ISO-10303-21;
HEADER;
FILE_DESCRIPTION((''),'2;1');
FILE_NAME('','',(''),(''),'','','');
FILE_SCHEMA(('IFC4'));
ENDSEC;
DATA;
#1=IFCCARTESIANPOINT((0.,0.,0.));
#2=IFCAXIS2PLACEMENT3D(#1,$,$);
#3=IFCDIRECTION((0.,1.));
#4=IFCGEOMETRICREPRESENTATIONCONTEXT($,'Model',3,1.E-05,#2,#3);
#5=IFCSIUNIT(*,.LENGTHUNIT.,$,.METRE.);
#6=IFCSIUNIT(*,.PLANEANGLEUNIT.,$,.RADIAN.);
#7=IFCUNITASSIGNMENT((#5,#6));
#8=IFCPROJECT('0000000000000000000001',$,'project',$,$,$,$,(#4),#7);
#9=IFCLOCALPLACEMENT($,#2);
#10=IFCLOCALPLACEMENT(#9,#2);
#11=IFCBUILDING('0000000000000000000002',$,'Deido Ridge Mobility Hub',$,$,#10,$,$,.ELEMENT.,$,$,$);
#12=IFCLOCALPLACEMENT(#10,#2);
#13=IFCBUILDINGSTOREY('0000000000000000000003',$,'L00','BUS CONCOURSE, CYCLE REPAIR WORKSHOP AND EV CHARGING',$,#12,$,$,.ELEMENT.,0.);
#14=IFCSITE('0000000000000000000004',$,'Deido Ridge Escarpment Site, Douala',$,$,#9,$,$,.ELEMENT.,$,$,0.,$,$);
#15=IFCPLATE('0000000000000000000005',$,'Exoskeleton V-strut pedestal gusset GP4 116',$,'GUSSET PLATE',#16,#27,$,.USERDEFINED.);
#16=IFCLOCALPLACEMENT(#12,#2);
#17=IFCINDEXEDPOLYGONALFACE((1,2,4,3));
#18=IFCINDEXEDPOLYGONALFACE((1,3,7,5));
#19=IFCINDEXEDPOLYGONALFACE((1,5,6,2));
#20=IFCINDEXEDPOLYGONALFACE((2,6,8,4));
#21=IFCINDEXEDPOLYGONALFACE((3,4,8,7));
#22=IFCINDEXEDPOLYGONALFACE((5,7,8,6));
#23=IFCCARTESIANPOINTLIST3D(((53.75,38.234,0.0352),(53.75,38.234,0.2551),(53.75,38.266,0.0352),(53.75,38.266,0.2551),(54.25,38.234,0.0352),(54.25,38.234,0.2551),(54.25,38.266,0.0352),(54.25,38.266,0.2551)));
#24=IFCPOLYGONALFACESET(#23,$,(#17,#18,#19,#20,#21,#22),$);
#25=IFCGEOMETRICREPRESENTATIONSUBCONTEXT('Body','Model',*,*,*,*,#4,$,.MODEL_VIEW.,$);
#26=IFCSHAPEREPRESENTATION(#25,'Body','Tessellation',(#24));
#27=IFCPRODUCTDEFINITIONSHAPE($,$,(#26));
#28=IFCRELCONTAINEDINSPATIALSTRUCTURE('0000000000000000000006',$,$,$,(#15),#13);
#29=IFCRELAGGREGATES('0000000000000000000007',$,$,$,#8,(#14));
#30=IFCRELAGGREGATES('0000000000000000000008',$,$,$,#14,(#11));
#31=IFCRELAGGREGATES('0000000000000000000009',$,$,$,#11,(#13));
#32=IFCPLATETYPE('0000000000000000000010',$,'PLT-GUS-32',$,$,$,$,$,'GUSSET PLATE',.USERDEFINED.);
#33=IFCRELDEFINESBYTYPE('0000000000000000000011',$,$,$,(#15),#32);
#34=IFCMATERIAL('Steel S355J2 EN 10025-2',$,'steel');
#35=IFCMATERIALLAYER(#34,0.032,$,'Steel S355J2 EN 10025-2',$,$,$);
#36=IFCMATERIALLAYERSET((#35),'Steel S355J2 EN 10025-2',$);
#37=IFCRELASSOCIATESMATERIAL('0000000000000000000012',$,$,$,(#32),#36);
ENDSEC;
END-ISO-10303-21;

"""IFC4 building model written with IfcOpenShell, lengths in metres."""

from ifc_helpers import new_model, si_unit, direction, frame, origin, origin_2d, place, context, subcontext, project, spatial, rectangle, extrude, material, layer, layer_set, type_object, element, save


model = new_model("IFC4")

# Units and contexts
model_context = context("Model", 3, precision=1e-05, world=origin(), true_north=direction((0.0, 1.0)))
body_context = subcontext(model_context, "Body", "Model", "MODEL_VIEW")
ifc_project = project(units=[si_unit("LENGTHUNIT", "METRE"), si_unit("PLANEANGLEUNIT", "RADIAN")], contexts=[model_context])

# Site, building, storey
site_placement = place(None, origin())
site = spatial("IfcSite", under=ifc_project, at=site_placement, Name="Deido Ridge Escarpment Site, Douala", CompositionType="ELEMENT", RefElevation=0.0)
building_placement = place(site_placement, origin())
building = spatial("IfcBuilding", under=site, at=building_placement, Name="Deido Ridge Mobility Hub", CompositionType="ELEMENT")
storey_placement = place(building_placement, origin())
storey = spatial("IfcBuildingStorey", under=building, at=storey_placement, Name="L00", Description="BUS CONCOURSE, CYCLE REPAIR WORKSHOP AND EV CHARGING", CompositionType="ELEMENT", Elevation=0.0)

# Shared definitions
ifc_material_1 = material(Name="Steel S355J2 EN 10025-2", Category="steel")

# Plate
ifc_layer_1 = layer(ifc_material_1, 0.032, Name="Steel S355J2 EN 10025-2")
ifc_layer_set_1 = layer_set([ifc_layer_1], Name="Steel S355J2 EN 10025-2")
plate_type_1 = type_object("IfcPlateType", Name="PLT-GUS-32", ElementType="GUSSET PLATE", PredefinedType="USERDEFINED", material=ifc_layer_set_1)
plate_1_placement = place(storey_placement, frame((54.0, 38.25, 0.0352), z_axis=(0.0, 0.0, 1.0), x_axis=(1.0, 0.0, 0.0)))
element("IfcPlate", 1, at=plate_1_placement, inside=storey, type_object=plate_type_1, Name="Exoskeleton V-strut pedestal gusset GP4 116", ObjectType="GUSSET PLATE", PredefinedType="USERDEFINED", context=body_context, shape_type="SweptSolid", body=[
    extrude(rectangle(XDim=0.5, YDim=0.032, at=origin_2d()), origin(), (0.0, 0.0, 1.0), 0.22),
])

save(model, "model.ifc")
